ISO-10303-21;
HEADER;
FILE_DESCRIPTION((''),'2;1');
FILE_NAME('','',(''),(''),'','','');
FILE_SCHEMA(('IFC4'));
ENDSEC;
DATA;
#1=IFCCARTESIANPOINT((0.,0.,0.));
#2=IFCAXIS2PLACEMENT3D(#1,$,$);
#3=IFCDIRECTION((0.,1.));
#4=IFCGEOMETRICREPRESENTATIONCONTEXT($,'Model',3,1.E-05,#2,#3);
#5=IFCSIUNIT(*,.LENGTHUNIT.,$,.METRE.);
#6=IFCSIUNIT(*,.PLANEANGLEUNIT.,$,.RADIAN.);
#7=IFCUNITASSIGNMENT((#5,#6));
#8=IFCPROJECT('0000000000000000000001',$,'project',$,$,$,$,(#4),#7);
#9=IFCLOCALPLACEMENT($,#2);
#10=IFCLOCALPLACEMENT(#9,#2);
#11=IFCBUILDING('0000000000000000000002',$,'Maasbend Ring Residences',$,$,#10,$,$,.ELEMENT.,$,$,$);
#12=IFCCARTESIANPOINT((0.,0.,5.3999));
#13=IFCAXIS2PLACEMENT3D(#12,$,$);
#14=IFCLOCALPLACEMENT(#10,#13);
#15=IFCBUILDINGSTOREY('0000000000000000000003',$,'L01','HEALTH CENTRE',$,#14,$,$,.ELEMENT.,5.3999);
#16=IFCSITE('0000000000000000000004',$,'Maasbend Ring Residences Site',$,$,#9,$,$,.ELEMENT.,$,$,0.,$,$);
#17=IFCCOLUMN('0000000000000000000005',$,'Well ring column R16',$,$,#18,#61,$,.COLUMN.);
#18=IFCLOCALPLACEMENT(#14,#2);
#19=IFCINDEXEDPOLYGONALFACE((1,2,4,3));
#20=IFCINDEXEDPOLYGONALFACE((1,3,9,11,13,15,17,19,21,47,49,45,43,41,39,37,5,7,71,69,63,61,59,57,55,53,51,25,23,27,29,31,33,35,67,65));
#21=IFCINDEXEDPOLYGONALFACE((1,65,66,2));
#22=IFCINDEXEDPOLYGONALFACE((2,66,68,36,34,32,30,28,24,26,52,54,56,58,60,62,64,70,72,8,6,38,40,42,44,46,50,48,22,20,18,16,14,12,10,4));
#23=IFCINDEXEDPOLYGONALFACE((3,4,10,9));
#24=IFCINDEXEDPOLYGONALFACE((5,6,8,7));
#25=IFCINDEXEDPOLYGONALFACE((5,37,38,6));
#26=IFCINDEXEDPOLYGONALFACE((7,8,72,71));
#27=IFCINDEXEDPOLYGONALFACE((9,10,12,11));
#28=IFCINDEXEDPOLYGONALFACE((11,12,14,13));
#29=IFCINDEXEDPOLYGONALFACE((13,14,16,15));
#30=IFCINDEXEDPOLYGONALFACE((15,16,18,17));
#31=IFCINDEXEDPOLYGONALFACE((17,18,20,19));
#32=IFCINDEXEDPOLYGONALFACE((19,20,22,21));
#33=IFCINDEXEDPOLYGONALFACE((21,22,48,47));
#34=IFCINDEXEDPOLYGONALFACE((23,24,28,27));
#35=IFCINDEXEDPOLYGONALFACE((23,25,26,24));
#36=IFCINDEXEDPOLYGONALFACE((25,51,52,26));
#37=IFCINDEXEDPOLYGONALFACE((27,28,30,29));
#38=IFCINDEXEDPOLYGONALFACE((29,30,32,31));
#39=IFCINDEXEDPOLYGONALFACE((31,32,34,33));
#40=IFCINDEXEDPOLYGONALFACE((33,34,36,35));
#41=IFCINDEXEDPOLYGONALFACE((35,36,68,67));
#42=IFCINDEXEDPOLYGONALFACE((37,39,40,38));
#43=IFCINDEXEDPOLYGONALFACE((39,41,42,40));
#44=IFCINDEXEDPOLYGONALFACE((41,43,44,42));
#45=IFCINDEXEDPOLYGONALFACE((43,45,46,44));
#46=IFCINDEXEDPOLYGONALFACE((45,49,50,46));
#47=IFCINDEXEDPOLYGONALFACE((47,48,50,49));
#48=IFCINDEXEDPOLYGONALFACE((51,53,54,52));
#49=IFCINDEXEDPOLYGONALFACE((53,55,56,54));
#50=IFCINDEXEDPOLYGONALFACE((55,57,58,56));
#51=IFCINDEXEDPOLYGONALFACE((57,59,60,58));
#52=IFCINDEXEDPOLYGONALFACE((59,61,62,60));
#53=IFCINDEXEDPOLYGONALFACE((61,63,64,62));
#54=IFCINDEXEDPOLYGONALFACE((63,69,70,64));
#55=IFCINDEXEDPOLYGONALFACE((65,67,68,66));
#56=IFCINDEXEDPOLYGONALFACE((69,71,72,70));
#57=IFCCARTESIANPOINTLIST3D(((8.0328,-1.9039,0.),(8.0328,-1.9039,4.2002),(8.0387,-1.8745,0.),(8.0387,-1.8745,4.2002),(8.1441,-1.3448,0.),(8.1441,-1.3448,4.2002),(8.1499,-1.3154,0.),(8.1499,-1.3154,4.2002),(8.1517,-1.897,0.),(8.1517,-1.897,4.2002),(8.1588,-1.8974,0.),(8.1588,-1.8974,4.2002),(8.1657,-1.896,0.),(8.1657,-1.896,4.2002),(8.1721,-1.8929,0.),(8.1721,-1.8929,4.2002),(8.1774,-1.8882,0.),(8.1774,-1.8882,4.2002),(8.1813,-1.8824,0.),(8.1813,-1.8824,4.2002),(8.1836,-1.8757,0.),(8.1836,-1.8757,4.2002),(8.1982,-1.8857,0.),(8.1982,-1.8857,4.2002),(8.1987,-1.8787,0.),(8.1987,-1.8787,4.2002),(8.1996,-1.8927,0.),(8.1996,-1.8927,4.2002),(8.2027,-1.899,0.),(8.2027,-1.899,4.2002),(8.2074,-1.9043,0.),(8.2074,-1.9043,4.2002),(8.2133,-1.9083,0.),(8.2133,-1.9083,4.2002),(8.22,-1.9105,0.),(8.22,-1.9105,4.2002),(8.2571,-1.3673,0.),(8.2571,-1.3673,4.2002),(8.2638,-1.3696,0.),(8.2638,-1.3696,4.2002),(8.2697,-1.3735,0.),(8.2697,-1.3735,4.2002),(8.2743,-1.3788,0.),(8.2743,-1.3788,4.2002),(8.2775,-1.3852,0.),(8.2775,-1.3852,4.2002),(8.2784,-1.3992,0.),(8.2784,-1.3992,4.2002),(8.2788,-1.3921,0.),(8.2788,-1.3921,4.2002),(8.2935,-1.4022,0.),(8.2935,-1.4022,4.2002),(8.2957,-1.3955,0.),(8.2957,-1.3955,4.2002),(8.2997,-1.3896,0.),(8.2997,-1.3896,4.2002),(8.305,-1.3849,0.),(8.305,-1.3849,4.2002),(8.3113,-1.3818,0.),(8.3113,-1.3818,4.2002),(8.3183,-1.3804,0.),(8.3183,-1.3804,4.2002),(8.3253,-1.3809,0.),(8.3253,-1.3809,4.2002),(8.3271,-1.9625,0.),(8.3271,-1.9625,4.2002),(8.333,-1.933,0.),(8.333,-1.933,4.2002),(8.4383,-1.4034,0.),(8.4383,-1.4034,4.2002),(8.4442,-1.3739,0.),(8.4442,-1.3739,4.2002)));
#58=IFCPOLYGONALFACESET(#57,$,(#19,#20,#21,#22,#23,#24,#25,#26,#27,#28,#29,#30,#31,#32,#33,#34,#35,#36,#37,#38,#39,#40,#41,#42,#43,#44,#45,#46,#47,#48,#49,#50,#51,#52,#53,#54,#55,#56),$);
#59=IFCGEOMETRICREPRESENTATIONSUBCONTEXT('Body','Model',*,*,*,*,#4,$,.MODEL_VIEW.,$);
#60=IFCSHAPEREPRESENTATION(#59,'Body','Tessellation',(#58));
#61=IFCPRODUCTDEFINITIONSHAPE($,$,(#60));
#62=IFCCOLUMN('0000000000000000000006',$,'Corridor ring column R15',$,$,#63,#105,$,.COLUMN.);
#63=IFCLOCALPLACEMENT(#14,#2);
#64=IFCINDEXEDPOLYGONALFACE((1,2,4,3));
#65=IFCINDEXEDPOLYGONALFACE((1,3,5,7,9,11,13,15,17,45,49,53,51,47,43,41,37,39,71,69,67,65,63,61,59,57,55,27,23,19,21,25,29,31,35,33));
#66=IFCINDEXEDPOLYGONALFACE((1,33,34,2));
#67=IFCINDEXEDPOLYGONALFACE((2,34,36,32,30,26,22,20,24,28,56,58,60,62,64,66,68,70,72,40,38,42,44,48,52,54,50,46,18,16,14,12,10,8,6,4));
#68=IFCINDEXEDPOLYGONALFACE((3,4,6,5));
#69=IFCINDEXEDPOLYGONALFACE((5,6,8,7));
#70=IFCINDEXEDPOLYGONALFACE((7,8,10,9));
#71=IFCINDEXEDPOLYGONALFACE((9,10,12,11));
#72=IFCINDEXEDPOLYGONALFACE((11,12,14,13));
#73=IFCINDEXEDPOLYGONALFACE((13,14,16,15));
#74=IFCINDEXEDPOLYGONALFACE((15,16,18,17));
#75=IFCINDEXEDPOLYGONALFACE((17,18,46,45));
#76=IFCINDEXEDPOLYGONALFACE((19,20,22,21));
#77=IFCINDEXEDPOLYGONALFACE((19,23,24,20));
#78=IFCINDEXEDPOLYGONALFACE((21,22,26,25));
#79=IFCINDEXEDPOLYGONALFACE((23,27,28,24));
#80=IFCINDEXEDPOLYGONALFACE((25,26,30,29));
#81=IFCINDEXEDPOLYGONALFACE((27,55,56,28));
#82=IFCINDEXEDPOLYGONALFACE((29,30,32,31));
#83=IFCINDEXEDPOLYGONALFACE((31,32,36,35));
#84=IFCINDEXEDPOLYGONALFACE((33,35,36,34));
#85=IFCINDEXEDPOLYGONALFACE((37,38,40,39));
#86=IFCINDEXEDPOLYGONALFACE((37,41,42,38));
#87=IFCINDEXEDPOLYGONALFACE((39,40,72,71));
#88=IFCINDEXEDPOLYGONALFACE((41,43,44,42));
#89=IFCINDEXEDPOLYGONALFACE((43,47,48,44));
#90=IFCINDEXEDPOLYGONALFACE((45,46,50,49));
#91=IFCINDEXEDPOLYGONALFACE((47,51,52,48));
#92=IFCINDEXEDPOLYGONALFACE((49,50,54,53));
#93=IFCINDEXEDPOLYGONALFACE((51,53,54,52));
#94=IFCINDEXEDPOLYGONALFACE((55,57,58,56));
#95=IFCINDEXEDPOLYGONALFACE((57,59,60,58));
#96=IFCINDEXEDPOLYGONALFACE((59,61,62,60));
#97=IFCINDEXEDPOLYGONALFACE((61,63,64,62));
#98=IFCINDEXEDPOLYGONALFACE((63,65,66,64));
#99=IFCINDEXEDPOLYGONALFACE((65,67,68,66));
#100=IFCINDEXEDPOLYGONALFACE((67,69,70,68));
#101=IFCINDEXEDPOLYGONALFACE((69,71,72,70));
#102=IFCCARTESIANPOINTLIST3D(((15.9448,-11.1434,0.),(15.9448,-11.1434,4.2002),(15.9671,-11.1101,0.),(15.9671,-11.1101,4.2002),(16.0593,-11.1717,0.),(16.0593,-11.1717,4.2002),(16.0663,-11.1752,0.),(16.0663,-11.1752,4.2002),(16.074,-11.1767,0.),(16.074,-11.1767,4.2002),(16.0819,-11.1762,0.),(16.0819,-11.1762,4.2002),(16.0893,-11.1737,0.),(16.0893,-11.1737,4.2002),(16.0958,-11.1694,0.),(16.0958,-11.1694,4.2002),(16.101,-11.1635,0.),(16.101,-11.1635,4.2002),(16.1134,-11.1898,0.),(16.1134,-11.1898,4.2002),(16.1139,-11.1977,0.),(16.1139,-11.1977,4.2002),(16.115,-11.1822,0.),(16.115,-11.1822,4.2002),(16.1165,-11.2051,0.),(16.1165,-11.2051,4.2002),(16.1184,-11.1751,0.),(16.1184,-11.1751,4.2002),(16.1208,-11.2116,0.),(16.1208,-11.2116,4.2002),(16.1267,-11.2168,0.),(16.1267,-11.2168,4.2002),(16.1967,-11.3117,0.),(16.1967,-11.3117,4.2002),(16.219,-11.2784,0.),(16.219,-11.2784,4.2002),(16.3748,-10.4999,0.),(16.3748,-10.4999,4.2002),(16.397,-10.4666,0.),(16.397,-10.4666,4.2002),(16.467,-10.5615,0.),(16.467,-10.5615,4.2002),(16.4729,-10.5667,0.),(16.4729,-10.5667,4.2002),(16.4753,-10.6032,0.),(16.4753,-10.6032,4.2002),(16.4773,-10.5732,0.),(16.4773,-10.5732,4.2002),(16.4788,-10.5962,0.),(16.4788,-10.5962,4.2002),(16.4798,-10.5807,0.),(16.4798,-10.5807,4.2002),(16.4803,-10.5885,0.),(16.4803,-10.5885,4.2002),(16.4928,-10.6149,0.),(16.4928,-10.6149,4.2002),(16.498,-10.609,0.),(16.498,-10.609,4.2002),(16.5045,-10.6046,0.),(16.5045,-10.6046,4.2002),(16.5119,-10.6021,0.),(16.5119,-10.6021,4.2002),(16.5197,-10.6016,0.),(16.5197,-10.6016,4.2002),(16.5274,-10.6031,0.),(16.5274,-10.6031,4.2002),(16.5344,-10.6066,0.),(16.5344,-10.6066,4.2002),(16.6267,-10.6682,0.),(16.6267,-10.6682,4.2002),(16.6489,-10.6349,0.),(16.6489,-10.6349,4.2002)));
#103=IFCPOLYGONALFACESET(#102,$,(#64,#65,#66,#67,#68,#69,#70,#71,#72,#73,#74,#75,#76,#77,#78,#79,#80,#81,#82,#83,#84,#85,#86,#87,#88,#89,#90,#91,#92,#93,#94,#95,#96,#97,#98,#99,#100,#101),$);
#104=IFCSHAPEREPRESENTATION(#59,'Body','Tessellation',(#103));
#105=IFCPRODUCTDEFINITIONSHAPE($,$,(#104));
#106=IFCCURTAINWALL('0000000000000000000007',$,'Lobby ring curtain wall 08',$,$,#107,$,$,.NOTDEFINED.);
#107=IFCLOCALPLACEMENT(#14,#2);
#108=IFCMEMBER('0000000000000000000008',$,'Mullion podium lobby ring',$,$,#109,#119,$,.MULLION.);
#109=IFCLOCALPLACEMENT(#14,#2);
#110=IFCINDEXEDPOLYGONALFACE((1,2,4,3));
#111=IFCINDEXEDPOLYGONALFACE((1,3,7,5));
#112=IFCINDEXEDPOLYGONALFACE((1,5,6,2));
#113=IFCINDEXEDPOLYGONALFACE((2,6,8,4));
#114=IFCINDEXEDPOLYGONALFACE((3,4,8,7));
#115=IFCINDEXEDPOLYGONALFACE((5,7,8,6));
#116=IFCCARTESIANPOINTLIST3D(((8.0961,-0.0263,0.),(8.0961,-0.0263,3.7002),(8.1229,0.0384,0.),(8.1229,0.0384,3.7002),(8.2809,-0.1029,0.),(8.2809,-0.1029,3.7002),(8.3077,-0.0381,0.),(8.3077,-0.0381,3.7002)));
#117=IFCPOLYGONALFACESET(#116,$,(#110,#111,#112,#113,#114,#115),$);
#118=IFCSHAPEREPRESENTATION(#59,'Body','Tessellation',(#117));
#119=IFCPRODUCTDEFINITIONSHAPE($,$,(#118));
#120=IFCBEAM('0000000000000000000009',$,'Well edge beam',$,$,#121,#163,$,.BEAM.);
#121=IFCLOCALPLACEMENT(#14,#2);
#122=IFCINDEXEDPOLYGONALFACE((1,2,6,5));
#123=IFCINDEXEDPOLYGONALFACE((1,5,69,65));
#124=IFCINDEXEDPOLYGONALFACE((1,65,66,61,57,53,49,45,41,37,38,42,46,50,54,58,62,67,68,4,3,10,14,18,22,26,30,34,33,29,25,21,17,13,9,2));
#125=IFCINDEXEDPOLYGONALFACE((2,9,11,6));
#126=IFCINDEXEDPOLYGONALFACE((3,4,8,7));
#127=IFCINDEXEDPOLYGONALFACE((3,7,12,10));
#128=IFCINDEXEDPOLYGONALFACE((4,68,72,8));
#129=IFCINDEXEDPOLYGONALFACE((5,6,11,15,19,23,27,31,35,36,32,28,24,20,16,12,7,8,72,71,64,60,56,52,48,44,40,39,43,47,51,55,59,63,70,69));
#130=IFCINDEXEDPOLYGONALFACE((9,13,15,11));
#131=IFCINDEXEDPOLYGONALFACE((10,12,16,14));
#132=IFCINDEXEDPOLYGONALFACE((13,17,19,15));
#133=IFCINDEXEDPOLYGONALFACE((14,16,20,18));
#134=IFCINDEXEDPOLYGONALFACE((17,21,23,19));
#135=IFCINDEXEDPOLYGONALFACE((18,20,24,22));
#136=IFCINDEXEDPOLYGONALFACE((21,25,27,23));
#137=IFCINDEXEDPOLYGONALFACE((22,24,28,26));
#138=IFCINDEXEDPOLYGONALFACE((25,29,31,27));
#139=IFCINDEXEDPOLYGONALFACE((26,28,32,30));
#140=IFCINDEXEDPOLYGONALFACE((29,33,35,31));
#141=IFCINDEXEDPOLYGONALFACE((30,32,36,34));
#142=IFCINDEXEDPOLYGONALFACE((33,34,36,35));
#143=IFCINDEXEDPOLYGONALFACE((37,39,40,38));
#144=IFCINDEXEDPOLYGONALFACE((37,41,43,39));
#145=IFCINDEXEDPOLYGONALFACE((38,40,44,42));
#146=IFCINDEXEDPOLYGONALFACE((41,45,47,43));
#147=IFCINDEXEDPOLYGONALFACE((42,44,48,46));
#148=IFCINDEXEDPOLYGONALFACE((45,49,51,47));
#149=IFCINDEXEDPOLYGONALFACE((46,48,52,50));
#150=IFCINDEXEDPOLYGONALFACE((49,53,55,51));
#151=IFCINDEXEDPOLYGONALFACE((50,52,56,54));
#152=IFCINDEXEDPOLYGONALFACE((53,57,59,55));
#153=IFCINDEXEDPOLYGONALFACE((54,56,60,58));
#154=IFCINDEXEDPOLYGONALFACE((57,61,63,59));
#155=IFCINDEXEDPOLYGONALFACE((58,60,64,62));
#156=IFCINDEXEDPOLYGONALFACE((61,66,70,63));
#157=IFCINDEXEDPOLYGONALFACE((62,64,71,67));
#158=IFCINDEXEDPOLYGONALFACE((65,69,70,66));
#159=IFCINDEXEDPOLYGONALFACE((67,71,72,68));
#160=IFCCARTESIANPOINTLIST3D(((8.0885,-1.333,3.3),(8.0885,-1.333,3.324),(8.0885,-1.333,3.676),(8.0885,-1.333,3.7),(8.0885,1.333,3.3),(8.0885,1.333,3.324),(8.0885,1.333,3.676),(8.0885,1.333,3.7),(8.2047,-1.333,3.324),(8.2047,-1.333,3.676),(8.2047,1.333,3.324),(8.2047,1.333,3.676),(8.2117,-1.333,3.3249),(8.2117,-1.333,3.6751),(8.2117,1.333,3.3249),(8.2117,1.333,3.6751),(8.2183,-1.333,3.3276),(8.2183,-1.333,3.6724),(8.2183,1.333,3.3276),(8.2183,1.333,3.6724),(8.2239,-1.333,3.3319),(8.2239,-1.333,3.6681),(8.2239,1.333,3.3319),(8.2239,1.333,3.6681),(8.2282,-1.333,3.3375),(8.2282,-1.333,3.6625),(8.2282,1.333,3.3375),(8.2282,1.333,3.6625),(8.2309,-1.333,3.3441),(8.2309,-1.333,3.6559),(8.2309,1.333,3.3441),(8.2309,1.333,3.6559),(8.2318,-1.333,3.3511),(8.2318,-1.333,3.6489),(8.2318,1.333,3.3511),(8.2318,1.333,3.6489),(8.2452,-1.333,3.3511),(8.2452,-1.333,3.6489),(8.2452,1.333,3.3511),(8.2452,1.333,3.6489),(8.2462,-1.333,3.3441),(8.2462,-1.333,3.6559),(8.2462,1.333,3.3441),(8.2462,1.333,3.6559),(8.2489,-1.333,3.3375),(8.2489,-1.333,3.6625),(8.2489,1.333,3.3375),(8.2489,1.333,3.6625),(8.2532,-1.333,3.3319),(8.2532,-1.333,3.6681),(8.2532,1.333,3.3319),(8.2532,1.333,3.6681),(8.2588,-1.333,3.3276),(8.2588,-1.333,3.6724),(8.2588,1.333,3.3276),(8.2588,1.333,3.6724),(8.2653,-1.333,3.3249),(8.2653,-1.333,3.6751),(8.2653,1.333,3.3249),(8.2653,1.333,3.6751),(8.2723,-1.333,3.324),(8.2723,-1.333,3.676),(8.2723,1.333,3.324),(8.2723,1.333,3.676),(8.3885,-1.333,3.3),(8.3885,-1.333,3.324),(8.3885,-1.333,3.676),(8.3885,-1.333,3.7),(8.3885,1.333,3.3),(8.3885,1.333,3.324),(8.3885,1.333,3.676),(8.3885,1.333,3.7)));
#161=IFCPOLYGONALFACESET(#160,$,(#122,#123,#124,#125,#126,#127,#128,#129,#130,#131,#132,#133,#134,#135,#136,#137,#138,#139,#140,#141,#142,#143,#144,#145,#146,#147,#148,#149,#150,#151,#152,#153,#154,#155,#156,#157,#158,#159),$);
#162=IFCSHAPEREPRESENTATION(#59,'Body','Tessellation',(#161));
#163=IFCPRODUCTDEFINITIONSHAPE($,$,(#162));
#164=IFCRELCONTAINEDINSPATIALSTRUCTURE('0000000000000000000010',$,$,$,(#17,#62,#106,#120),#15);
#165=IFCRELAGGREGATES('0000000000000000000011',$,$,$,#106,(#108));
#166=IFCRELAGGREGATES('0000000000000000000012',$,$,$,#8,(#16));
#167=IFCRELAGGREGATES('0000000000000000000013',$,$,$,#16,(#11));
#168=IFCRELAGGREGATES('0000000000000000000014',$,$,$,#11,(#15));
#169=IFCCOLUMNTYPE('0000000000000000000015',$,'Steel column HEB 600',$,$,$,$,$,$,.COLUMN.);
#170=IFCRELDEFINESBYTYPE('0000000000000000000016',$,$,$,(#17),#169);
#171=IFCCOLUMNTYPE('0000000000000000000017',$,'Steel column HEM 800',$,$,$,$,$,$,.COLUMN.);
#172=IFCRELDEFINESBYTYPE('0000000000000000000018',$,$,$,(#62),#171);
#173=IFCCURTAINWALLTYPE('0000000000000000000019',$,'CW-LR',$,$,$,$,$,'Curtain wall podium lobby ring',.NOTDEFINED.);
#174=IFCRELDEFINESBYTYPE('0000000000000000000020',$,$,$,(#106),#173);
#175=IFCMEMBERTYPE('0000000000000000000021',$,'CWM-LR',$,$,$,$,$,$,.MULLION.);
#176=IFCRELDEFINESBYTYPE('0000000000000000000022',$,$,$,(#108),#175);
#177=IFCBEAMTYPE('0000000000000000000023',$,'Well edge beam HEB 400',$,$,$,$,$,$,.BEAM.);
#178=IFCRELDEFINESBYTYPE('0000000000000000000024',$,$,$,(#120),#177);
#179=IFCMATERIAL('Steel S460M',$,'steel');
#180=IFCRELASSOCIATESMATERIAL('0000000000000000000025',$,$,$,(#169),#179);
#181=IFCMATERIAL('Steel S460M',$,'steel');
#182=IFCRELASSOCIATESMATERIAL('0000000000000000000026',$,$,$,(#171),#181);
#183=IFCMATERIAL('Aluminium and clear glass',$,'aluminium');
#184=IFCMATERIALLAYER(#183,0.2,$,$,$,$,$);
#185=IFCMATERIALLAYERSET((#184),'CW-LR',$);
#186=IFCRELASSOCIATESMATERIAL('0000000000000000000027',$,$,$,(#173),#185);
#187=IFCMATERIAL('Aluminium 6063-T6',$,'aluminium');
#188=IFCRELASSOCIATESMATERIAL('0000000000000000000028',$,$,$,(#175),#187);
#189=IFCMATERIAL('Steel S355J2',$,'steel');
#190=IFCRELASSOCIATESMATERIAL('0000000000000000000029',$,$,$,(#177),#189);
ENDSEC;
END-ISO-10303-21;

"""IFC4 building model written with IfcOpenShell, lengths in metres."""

from ifc_helpers import new_model, si_unit, direction, frame, origin, origin_2d, place, context, subcontext, project, spatial, rectangle, i_section, extrude, material, layer, layer_set, material_profile, profile_set, type_object, element, aggregate, save


model = new_model("IFC4")

# Units and contexts
model_context = context("Model", 3, precision=1e-05, world=origin(), true_north=direction((0.0, 1.0)))
body_context = subcontext(model_context, "Body", "Model", "MODEL_VIEW")
ifc_project = project(units=[si_unit("LENGTHUNIT", "METRE"), si_unit("PLANEANGLEUNIT", "RADIAN")], contexts=[model_context])

# Site, building, storey
site_placement = place(None, origin())
site = spatial("IfcSite", under=ifc_project, at=site_placement, Name="Maasbend Ring Residences Site", CompositionType="ELEMENT", RefElevation=0.0)
building_placement = place(site_placement, origin())
building = spatial("IfcBuilding", under=site, at=building_placement, Name="Maasbend Ring Residences", CompositionType="ELEMENT")
storey_placement = place(building_placement, frame((0.0, 0.0, 5.3999)))
storey = spatial("IfcBuildingStorey", under=building, at=storey_placement, Name="L01", Description="HEALTH CENTRE", CompositionType="ELEMENT", Elevation=5.3999)

# Columns
ifc_material_1 = material(Name="Steel S460M", Category="steel")
ifc_material_profile_1 = material_profile(ifc_material_1, i_section(OverallWidth=0.3, OverallDepth=0.6001, WebThickness=0.0154, FlangeThickness=0.03, FilletRadius=0.0271, at=origin_2d()), Name="HEB 600")
ifc_profile_set_1 = profile_set([ifc_material_profile_1], Name="Steel S460M")
column_type_1 = type_object("IfcColumnType", Name="Steel column HEB 600", PredefinedType="COLUMN", material=ifc_profile_set_1)
column_1_placement = place(storey_placement, frame((8.2385, -1.6389, 0.0), z_axis=(0.0, 0.0, 1.0), x_axis=(0.980785, -0.19509, 0.0)))
element("IfcColumn", 1, at=column_1_placement, inside=storey, type_object=column_type_1, Name="Well ring column R16", PredefinedType="COLUMN", context=body_context, shape_type="SweptSolid", body=[
    extrude(i_section(OverallWidth=0.3, OverallDepth=0.6001, WebThickness=0.0154, FlangeThickness=0.03, FilletRadius=0.0271, at=origin_2d()), origin(), (0.0, 0.0, 1.0), 4.2002),
])
ifc_material_2 = material(Name="Steel S460M", Category="steel")
ifc_material_profile_2 = material_profile(ifc_material_2, i_section(OverallWidth=0.303, OverallDepth=0.814, WebThickness=0.021, FlangeThickness=0.04, FilletRadius=0.03, at=origin_2d()), Name="HEM 800")
ifc_profile_set_2 = profile_set([ifc_material_profile_2], Name="Steel S460M")
column_type_2 = type_object("IfcColumnType", Name="Steel column HEM 800", PredefinedType="COLUMN", material=ifc_profile_set_2)
column_2_placement = place(storey_placement, frame((16.2969, -10.8892, 0.0), z_axis=(0.0, 0.0, 1.0), x_axis=(0.83147, -0.55557, 0.0)))
element("IfcColumn", 2, at=column_2_placement, inside=storey, type_object=column_type_2, Name="Corridor ring column R15", PredefinedType="COLUMN", context=body_context, shape_type="SweptSolid", body=[
    extrude(i_section(OverallWidth=0.303, OverallDepth=0.814, WebThickness=0.021, FlangeThickness=0.04, FilletRadius=0.03, at=origin_2d()), origin(), (0.0, 0.0, 1.0), 4.2002),
])

# Curtain wall, member
ifc_material_3 = material(Name="Aluminium and clear glass", Category="aluminium")
ifc_layer_1 = layer(ifc_material_3, 0.2)
ifc_layer_set_1 = layer_set([ifc_layer_1], Name="CW-LR")
curtain_wall_type = type_object("IfcCurtainWallType", Name="CW-LR", ElementType="Curtain wall podium lobby ring", PredefinedType="NOTDEFINED", material=ifc_layer_set_1)
curtain_wall_placement = place(storey_placement, origin())
curtain_wall = element("IfcCurtainWall", 3, at=curtain_wall_placement, inside=storey, type_object=curtain_wall_type, Name="Lobby ring curtain wall 08", PredefinedType="NOTDEFINED")
ifc_material_4 = material(Name="Aluminium 6063-T6", Category="aluminium")
ifc_material_profile_3 = material_profile(ifc_material_4, rectangle(XDim=0.2, YDim=0.0701, at=origin_2d()), Name="AL 200x70")
ifc_profile_set_3 = profile_set([ifc_material_profile_3], Name="Aluminium 6063-T6")
member_type = type_object("IfcMemberType", Name="CWM-LR", PredefinedType="MULLION", material=ifc_profile_set_3)
member_placement = place(storey_placement, frame((8.2019, -0.0322, 0.0), z_axis=(0.0, 0.0, 1.0), x_axis=(-0.92388, 0.382683, 0.0)))
member = element("IfcMember", 4, at=member_placement, type_object=member_type, Name="Mullion podium lobby ring", PredefinedType="MULLION", context=body_context, shape_type="SweptSolid", body=[
    extrude(rectangle(XDim=0.2, YDim=0.0701, at=origin_2d()), origin(), (0.0, 0.0, 1.0), 3.7002),
])
aggregate(curtain_wall, [member])

# Beam
ifc_material_5 = material(Name="Steel S355J2", Category="steel")
ifc_material_profile_4 = material_profile(ifc_material_5, i_section(OverallWidth=0.3, OverallDepth=0.3999, WebThickness=0.0134, FlangeThickness=0.0239, FilletRadius=0.0271, at=origin_2d()), Name="HEB 400")
ifc_profile_set_4 = profile_set([ifc_material_profile_4], Name="Steel S355J2")
beam_type = type_object("IfcBeamType", Name="Well edge beam HEB 400", PredefinedType="BEAM", material=ifc_profile_set_4)
beam_placement = place(storey_placement, frame((8.2385, -1.333, 3.5), z_axis=(0.0, 1.0, 0.0), x_axis=(-1.0, 0.0, 0.0)))
element("IfcBeam", 5, at=beam_placement, inside=storey, type_object=beam_type, Name="Well edge beam", PredefinedType="BEAM", context=body_context, shape_type="SweptSolid", body=[
    extrude(i_section(OverallWidth=0.3, OverallDepth=0.3999, WebThickness=0.0134, FlangeThickness=0.0239, FilletRadius=0.0271, at=origin_2d()), origin(), (0.0, 0.0, 1.0), 2.666),
])

save(model, "model.ifc")
